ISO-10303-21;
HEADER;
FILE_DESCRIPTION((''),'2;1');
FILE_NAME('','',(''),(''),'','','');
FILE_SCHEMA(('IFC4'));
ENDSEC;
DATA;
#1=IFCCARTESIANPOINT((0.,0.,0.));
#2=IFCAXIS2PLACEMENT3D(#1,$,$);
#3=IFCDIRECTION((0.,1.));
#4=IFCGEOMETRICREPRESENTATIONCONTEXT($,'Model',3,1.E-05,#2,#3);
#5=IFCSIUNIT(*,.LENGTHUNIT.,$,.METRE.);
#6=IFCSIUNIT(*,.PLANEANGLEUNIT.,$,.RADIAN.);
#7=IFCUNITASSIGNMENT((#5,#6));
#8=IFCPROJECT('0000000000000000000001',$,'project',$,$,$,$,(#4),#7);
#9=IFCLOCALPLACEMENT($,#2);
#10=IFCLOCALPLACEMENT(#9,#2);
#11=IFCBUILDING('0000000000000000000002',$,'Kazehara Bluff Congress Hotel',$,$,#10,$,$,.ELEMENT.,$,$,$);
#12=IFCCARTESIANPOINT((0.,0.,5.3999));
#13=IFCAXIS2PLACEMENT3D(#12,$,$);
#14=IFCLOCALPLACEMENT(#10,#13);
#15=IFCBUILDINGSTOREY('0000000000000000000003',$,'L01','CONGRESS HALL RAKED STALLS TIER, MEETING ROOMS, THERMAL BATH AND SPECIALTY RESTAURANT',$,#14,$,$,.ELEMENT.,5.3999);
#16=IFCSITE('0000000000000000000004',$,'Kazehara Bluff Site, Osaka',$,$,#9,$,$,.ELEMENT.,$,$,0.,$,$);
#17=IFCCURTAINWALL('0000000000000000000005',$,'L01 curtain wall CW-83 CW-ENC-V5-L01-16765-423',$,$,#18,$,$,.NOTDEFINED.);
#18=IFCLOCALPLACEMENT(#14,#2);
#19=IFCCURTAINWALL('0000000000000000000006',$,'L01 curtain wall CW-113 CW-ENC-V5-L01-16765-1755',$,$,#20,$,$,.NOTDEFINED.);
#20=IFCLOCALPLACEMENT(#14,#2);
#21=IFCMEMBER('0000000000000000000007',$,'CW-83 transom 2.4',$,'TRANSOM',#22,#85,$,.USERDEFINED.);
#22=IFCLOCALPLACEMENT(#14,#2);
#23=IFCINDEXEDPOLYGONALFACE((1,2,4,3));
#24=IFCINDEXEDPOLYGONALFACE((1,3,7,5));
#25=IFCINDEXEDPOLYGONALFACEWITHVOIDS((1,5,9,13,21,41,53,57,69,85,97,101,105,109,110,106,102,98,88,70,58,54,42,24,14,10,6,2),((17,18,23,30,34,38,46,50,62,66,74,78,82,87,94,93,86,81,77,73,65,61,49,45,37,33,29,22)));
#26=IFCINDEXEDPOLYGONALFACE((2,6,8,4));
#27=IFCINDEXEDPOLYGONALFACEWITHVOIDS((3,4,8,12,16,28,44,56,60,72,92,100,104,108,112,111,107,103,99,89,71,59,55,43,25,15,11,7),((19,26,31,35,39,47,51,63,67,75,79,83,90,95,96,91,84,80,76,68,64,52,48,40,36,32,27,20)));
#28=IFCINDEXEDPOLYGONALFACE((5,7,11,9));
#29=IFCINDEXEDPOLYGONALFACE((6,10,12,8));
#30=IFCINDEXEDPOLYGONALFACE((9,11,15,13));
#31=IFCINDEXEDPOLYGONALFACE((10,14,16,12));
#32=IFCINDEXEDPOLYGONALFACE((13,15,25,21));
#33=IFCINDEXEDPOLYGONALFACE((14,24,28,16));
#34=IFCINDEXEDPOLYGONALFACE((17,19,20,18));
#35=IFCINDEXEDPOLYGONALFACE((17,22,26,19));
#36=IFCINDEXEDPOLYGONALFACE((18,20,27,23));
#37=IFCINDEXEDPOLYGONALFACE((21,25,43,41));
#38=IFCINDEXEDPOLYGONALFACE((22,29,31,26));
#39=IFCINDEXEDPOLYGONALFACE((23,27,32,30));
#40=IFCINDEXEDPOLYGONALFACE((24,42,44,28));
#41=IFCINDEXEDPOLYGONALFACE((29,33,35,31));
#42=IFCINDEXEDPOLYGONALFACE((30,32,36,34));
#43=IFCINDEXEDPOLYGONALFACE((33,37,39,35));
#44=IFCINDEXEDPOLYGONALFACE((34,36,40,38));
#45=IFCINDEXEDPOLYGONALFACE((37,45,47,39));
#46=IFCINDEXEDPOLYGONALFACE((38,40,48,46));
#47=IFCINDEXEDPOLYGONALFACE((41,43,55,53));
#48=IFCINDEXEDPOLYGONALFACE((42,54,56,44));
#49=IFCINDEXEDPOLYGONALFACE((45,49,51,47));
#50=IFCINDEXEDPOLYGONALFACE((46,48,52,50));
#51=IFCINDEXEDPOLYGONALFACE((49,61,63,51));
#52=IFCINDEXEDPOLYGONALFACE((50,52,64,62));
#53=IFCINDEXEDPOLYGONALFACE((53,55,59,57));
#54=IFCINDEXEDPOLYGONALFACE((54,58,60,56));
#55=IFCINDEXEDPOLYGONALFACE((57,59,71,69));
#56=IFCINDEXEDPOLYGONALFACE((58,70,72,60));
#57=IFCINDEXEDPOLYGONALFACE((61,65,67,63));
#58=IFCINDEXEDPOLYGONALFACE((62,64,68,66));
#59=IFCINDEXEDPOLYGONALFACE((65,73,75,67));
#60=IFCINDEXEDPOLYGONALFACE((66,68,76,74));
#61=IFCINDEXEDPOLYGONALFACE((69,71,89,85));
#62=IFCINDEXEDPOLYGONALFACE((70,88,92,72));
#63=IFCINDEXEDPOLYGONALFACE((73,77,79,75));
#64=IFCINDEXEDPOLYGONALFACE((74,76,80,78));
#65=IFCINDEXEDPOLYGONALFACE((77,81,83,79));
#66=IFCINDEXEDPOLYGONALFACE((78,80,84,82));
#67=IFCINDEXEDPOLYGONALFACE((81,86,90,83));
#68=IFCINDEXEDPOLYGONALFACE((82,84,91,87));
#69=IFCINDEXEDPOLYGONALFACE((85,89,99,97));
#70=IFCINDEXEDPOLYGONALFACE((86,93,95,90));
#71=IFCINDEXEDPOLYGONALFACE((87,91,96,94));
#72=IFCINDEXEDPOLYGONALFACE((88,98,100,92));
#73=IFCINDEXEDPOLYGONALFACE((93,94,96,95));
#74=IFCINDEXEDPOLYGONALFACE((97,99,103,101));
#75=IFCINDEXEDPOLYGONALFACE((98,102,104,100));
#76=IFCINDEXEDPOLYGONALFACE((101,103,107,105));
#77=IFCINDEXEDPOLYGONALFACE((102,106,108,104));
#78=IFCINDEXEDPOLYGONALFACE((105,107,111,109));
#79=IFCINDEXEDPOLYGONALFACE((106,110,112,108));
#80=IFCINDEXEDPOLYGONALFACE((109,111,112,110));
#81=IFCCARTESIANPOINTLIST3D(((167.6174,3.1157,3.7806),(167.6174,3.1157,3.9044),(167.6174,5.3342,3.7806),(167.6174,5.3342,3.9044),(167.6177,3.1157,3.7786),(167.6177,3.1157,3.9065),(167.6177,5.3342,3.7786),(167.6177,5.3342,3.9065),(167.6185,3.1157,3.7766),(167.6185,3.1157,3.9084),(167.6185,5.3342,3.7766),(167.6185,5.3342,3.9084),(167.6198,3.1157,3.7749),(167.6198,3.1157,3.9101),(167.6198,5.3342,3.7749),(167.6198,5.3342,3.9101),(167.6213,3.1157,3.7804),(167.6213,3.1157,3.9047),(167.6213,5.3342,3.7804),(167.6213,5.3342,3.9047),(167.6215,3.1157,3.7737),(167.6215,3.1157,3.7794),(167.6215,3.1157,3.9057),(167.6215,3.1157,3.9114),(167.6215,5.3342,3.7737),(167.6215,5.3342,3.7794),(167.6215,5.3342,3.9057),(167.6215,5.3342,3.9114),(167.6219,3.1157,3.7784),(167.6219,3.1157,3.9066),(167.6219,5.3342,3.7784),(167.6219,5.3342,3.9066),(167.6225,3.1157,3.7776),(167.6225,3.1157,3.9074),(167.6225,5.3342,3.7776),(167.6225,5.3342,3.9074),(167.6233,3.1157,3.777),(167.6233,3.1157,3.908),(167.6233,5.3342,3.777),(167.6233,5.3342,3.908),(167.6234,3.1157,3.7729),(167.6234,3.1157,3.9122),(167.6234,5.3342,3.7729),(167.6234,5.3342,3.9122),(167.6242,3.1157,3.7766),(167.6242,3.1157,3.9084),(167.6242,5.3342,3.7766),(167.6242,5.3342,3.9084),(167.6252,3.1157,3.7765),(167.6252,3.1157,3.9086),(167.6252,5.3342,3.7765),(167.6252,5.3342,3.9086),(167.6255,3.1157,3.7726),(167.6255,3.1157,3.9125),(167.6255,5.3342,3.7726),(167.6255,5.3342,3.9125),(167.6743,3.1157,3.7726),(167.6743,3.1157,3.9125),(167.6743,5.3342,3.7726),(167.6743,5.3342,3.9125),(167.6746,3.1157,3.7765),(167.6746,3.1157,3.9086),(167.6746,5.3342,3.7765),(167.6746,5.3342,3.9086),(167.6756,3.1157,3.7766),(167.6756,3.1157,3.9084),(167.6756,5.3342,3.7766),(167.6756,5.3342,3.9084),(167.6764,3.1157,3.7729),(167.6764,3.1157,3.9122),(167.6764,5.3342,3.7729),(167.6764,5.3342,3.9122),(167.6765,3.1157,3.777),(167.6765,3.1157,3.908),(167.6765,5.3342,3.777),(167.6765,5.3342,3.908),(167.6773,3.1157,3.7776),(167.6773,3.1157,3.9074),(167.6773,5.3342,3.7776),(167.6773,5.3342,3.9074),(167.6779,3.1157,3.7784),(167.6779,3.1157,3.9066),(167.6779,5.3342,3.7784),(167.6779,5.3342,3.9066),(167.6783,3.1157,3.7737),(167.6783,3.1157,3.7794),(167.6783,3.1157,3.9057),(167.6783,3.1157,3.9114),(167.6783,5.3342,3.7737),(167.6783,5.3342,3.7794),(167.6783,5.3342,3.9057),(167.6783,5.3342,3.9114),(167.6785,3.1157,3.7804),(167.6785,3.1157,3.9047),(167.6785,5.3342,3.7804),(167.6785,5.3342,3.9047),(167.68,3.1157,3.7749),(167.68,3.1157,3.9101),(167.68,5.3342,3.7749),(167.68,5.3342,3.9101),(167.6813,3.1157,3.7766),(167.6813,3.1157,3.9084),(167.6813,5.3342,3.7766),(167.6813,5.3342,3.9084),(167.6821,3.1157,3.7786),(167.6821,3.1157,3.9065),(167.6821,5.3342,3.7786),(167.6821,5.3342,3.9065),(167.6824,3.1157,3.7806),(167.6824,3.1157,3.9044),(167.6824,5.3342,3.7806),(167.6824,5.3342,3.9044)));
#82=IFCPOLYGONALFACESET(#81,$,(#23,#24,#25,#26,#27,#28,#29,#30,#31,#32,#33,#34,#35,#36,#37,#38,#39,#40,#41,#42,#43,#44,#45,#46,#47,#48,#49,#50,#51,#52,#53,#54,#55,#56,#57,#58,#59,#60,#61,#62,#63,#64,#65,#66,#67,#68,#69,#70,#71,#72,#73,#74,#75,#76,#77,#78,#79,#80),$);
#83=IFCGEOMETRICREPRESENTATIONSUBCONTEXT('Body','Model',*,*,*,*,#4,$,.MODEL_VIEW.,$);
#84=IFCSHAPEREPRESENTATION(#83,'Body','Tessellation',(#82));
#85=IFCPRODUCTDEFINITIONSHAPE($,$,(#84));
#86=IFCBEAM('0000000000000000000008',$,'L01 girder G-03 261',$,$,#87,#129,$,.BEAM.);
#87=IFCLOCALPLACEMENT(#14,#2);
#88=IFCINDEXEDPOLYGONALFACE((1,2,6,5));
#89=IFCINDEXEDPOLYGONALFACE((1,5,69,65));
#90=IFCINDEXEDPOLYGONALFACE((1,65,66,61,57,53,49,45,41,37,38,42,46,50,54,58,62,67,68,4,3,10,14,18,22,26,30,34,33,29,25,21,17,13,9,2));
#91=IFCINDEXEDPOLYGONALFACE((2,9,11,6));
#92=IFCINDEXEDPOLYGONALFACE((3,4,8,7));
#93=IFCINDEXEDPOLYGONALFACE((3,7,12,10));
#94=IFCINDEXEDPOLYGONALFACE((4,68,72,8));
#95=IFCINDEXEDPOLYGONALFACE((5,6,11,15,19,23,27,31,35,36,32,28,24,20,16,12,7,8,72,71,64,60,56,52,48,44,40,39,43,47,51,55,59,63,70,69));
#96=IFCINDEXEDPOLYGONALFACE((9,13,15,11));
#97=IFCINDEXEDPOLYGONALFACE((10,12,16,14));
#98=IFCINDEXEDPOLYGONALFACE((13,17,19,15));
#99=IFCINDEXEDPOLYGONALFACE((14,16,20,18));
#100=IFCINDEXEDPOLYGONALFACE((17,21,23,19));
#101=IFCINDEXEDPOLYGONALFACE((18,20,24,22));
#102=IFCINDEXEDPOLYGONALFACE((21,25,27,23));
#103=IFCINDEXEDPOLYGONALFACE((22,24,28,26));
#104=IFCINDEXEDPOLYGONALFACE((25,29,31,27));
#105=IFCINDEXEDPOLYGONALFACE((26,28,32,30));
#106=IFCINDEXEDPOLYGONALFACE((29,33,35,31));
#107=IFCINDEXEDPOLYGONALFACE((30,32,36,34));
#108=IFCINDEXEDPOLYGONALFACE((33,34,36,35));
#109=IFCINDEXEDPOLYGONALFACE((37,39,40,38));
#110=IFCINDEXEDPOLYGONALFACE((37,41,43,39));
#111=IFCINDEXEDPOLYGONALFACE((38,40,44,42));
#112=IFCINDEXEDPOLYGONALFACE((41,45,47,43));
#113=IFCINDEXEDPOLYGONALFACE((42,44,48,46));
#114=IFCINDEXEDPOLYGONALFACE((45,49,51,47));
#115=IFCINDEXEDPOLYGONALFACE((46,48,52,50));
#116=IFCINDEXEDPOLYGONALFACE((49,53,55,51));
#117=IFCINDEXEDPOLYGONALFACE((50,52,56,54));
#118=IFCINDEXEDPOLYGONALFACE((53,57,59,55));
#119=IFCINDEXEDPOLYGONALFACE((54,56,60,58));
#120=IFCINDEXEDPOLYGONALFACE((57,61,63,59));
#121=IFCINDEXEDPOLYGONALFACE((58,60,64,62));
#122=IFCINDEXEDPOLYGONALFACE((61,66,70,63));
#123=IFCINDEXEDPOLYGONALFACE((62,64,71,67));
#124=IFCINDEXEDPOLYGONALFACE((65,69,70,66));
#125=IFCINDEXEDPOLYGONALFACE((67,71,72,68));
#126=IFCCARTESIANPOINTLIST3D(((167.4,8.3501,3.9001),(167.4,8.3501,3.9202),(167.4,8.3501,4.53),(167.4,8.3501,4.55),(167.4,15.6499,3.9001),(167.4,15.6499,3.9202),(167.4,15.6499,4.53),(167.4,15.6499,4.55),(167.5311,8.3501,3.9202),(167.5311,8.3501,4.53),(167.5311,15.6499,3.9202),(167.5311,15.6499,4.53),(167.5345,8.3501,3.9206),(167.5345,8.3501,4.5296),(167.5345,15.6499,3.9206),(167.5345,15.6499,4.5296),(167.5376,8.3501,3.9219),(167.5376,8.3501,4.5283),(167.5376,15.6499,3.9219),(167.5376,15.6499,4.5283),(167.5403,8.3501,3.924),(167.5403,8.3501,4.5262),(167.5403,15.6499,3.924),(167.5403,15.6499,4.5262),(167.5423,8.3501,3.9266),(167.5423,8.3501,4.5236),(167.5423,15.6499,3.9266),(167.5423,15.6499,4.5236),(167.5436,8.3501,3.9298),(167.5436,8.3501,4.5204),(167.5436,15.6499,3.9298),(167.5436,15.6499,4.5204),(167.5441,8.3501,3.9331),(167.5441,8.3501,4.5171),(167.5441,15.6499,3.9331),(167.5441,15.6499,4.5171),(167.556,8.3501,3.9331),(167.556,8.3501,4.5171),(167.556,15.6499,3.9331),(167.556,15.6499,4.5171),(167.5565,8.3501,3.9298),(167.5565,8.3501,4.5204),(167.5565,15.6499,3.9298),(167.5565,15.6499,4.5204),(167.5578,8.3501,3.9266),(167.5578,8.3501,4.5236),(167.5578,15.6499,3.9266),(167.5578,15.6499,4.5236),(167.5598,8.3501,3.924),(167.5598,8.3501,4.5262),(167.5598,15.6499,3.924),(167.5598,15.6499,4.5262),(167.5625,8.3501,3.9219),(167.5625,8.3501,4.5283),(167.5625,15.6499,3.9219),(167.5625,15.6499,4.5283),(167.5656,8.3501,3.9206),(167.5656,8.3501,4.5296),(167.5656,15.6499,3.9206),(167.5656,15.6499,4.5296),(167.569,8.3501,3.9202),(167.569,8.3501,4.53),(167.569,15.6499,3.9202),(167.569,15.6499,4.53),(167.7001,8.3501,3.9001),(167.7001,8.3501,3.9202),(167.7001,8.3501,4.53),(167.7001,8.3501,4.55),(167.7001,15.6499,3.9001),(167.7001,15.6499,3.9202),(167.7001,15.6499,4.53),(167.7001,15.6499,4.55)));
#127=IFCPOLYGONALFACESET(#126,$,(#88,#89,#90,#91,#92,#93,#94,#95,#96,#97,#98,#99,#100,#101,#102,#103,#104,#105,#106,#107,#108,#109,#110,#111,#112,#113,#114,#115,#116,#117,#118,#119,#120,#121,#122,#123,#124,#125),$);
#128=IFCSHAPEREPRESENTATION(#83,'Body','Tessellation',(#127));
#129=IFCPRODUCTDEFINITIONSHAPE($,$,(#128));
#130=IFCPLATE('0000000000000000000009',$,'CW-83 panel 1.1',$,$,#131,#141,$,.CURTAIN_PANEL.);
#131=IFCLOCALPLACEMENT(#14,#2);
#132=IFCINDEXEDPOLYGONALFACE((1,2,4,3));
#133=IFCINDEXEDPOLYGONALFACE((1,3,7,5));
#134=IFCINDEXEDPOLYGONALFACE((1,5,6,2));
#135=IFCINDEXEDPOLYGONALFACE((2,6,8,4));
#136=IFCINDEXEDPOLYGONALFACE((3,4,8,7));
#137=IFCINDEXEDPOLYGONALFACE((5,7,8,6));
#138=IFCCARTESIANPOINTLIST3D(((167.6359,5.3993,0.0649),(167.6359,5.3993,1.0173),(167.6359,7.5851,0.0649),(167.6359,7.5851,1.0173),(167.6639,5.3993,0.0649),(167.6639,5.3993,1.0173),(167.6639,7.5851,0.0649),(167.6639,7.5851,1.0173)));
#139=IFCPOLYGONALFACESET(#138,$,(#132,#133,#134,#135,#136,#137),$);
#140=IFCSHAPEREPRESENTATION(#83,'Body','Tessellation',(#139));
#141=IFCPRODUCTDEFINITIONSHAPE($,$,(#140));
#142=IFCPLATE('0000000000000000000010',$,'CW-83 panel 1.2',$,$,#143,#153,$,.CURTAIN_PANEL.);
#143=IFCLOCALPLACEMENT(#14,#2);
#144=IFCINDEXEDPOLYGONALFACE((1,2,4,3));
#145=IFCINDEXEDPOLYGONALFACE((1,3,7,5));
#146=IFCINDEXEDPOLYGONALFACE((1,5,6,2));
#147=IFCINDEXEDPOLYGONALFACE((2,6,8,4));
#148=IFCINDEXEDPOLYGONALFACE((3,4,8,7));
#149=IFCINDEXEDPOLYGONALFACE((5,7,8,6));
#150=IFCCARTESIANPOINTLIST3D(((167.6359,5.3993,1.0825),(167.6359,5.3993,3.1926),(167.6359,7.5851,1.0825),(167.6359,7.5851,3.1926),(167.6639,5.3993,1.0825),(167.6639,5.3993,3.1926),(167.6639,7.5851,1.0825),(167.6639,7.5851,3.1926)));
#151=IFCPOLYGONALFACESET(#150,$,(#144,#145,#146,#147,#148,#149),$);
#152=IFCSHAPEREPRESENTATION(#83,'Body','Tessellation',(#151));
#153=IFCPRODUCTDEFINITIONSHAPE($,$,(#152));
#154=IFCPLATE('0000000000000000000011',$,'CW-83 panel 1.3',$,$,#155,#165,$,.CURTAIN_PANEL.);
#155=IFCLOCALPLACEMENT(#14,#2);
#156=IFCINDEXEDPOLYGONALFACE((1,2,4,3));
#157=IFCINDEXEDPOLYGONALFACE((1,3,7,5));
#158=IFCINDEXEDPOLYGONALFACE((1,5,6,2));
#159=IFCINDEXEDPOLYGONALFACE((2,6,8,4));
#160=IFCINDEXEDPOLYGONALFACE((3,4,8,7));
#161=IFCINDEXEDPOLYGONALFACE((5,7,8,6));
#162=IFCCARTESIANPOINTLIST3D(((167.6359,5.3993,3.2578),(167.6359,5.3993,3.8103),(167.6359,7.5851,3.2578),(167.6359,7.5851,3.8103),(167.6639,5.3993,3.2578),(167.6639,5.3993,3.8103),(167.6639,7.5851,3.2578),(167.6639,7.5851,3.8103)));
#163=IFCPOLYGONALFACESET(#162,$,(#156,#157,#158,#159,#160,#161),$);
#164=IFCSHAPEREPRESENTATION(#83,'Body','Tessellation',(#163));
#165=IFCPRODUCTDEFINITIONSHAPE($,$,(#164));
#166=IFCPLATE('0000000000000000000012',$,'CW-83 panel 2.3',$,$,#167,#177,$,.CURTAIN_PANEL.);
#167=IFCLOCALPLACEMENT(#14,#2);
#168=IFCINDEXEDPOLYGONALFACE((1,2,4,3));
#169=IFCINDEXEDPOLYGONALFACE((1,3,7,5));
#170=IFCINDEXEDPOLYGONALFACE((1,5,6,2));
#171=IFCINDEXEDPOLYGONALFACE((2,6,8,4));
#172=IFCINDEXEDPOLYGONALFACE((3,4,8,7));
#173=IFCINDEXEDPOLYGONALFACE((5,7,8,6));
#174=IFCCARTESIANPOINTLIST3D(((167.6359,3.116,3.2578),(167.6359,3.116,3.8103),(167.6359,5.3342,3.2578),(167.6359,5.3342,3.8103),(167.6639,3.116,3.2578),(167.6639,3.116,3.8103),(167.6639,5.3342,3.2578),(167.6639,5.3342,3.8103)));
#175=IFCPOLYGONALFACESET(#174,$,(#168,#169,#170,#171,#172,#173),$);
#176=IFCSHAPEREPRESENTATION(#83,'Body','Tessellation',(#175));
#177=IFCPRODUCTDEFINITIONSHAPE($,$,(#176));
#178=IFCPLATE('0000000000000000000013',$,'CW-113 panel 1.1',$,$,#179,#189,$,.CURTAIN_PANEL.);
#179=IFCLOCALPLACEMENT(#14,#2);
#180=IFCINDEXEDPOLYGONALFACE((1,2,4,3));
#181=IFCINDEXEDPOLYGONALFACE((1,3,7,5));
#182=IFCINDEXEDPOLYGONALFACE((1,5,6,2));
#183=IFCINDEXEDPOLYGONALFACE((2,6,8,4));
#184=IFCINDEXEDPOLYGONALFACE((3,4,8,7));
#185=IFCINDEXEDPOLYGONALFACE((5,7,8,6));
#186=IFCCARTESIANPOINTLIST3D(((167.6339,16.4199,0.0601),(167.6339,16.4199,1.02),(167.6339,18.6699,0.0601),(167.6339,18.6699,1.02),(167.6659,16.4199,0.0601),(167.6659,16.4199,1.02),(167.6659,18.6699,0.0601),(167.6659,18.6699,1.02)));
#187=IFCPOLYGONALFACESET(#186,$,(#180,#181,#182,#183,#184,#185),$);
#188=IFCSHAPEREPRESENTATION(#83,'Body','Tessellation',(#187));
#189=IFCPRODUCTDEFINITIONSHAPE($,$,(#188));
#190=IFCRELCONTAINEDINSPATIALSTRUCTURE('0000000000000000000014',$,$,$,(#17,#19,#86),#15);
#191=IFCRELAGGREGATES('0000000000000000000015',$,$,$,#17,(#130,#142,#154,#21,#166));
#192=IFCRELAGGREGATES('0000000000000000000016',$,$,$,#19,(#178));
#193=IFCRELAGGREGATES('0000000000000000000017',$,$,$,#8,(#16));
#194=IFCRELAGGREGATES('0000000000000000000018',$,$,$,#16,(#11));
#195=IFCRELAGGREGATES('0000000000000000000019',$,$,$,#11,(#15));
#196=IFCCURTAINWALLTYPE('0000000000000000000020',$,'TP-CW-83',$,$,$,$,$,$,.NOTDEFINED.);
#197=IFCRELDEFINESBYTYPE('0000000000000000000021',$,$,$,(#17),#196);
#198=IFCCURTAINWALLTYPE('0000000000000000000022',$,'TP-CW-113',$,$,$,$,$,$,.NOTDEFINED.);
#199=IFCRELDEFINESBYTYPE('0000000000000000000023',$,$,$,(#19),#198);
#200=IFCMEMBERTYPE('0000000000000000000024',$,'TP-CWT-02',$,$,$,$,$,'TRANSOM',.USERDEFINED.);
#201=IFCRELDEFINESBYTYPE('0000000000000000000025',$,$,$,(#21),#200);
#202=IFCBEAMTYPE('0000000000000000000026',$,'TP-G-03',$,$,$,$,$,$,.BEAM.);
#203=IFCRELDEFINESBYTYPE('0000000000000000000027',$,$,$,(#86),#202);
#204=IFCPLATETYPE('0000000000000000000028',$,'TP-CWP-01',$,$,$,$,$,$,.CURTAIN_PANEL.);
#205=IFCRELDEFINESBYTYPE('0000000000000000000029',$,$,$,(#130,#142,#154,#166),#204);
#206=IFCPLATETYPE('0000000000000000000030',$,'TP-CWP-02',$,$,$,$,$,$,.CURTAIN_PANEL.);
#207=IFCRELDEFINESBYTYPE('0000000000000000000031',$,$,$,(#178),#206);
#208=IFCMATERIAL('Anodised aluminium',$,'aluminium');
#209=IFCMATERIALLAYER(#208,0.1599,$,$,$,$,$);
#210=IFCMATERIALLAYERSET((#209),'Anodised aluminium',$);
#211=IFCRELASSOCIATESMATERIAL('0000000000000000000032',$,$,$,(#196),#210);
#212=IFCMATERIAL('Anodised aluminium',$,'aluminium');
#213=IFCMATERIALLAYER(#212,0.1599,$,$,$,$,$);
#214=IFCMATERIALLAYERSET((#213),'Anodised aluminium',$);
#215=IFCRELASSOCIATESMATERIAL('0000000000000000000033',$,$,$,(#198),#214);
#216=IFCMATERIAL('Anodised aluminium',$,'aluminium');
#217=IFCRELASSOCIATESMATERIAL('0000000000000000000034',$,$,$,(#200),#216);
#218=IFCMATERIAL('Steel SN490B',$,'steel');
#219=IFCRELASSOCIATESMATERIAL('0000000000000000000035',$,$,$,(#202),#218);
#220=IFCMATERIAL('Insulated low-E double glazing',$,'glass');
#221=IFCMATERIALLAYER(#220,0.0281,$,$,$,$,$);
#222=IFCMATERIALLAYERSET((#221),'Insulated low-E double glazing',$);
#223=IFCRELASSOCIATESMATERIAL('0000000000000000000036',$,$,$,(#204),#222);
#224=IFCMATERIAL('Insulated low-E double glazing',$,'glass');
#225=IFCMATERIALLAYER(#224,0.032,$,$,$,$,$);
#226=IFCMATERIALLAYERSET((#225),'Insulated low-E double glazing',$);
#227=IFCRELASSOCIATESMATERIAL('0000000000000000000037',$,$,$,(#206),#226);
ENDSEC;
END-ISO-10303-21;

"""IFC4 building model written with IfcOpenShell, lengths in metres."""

from ifc_helpers import new_model, si_unit, direction, frame, origin, origin_2d, place, context, subcontext, project, spatial, rectangle, hollow_rectangle, i_section, extrude, material, layer, layer_set, material_profile, profile_set, type_object, element, aggregate, save


model = new_model("IFC4")

# Units and contexts
model_context = context("Model", 3, precision=1e-05, world=origin(), true_north=direction((0.0, 1.0)))
body_context = subcontext(model_context, "Body", "Model", "MODEL_VIEW")
ifc_project = project(units=[si_unit("LENGTHUNIT", "METRE"), si_unit("PLANEANGLEUNIT", "RADIAN")], contexts=[model_context])

# Site, building, storey
site_placement = place(None, origin())
site = spatial("IfcSite", under=ifc_project, at=site_placement, Name="Kazehara Bluff Site, Osaka", CompositionType="ELEMENT", RefElevation=0.0)
building_placement = place(site_placement, origin())
building = spatial("IfcBuilding", under=site, at=building_placement, Name="Kazehara Bluff Congress Hotel", CompositionType="ELEMENT")
storey_placement = place(building_placement, frame((0.0, 0.0, 5.3999)))
storey = spatial("IfcBuildingStorey", under=building, at=storey_placement, Name="L01", Description="CONGRESS HALL RAKED STALLS TIER, MEETING ROOMS, THERMAL BATH AND SPECIALTY RESTAURANT", CompositionType="ELEMENT", Elevation=5.3999)

# Curtain wall
ifc_material_1 = material(Name="Anodised aluminium", Category="aluminium")
ifc_layer_1 = layer(ifc_material_1, 0.1599)
ifc_layer_set_1 = layer_set([ifc_layer_1], Name="Anodised aluminium")
curtain_wall_type_1 = type_object("IfcCurtainWallType", Name="TP-CW-83", PredefinedType="NOTDEFINED", material=ifc_layer_set_1)
curtain_wall_1_placement = place(storey_placement, origin())
curtain_wall_1 = element("IfcCurtainWall", 1, at=curtain_wall_1_placement, inside=storey, type_object=curtain_wall_type_1, Name="L01 curtain wall CW-83 CW-ENC-V5-L01-16765-423", PredefinedType="NOTDEFINED")

# Curtain wall
ifc_material_2 = material(Name="Anodised aluminium", Category="aluminium")
ifc_layer_2 = layer(ifc_material_2, 0.1599)
ifc_layer_set_2 = layer_set([ifc_layer_2], Name="Anodised aluminium")
curtain_wall_type_2 = type_object("IfcCurtainWallType", Name="TP-CW-113", PredefinedType="NOTDEFINED", material=ifc_layer_set_2)
curtain_wall_2_placement = place(storey_placement, origin())
curtain_wall_2 = element("IfcCurtainWall", 2, at=curtain_wall_2_placement, inside=storey, type_object=curtain_wall_type_2, Name="L01 curtain wall CW-113 CW-ENC-V5-L01-16765-1755", PredefinedType="NOTDEFINED")

# Member
ifc_material_3 = material(Name="Anodised aluminium", Category="aluminium")
ifc_material_profile_1 = material_profile(ifc_material_3, hollow_rectangle(XDim=0.0649, YDim=0.1399, WallThickness=0.0039, InnerFilletRadius=0.0039, OuterFilletRadius=0.0081, at=origin_2d()))
ifc_profile_set_1 = profile_set([ifc_material_profile_1], Name="Anodised aluminium")
member_type_1 = type_object("IfcMemberType", Name="TP-CWT-02", ElementType="TRANSOM", PredefinedType="USERDEFINED", material=ifc_profile_set_1)
member_1_placement = place(storey_placement, frame((167.6499, 5.3342, 3.8425), z_axis=(0.0, -1.0, 0.0), x_axis=(1.0, 0.0, 0.0)))
member_1 = element("IfcMember", 3, at=member_1_placement, type_object=member_type_1, Name="CW-83 transom 2.4", ObjectType="TRANSOM", PredefinedType="USERDEFINED", context=body_context, shape_type="SweptSolid", body=[
    extrude(hollow_rectangle(XDim=0.0649, YDim=0.1399, WallThickness=0.0039, InnerFilletRadius=0.0039, OuterFilletRadius=0.0081, at=origin_2d()), origin(), (0.0, 0.0, 1.0), 2.2185),
])

# Beam
ifc_material_4 = material(Name="Steel SN490B", Category="steel")
ifc_material_profile_2 = material_profile(ifc_material_4, i_section(OverallWidth=0.3, OverallDepth=0.6499, WebThickness=0.012, FlangeThickness=0.02, FilletRadius=0.0129, at=origin_2d()))
ifc_profile_set_2 = profile_set([ifc_material_profile_2], Name="Steel SN490B")
beam_type = type_object("IfcBeamType", Name="TP-G-03", PredefinedType="BEAM", material=ifc_profile_set_2)
beam_placement = place(storey_placement, frame((167.55, 8.3501, 4.2251), z_axis=(0.0, 1.0, 0.0), x_axis=(-1.0, 0.0, 0.0)))
element("IfcBeam", 4, at=beam_placement, inside=storey, type_object=beam_type, Name="L01 girder G-03 261", PredefinedType="BEAM", context=body_context, shape_type="SweptSolid", body=[
    extrude(i_section(OverallWidth=0.3, OverallDepth=0.6499, WebThickness=0.012, FlangeThickness=0.02, FilletRadius=0.0129, at=origin_2d()), origin(), (0.0, 0.0, 1.0), 7.2998),
])

# Plates
ifc_material_5 = material(Name="Insulated low-E double glazing", Category="glass")
ifc_layer_3 = layer(ifc_material_5, 0.0281)
ifc_layer_set_3 = layer_set([ifc_layer_3], Name="Insulated low-E double glazing")
plate_type_1 = type_object("IfcPlateType", Name="TP-CWP-01", PredefinedType="CURTAIN_PANEL", material=ifc_layer_set_3)
plate_1_placement = place(storey_placement, frame((167.6499, 6.4922, 0.0649), z_axis=(0.0, 0.0, 1.0), x_axis=(0.0, -1.0, 0.0)))
plate_1 = element("IfcPlate", 5, at=plate_1_placement, type_object=plate_type_1, Name="CW-83 panel 1.1", PredefinedType="CURTAIN_PANEL", context=body_context, shape_type="SweptSolid", body=[
    extrude(rectangle(XDim=2.1858, YDim=0.0281, at=origin_2d()), origin(), (0.0, 0.0, 1.0), 0.9524),
])
plate_2_placement = place(storey_placement, frame((167.6499, 6.4922, 1.0825), z_axis=(0.0, 0.0, 1.0), x_axis=(0.0, -1.0, 0.0)))
plate_2 = element("IfcPlate", 6, at=plate_2_placement, type_object=plate_type_1, Name="CW-83 panel 1.2", PredefinedType="CURTAIN_PANEL", context=body_context, shape_type="SweptSolid", body=[
    extrude(rectangle(XDim=2.1858, YDim=0.0281, at=origin_2d()), origin(), (0.0, 0.0, 1.0), 2.1101),
])
plate_3_placement = place(storey_placement, frame((167.6499, 6.4922, 3.2578), z_axis=(0.0, 0.0, 1.0), x_axis=(0.0, -1.0, 0.0)))
plate_3 = element("IfcPlate", 7, at=plate_3_placement, type_object=plate_type_1, Name="CW-83 panel 1.3", PredefinedType="CURTAIN_PANEL", context=body_context, shape_type="SweptSolid", body=[
    extrude(rectangle(XDim=2.1858, YDim=0.0281, at=origin_2d()), origin(), (0.0, 0.0, 1.0), 0.5525),
])
plate_4_placement = place(storey_placement, frame((167.6499, 4.2251, 3.2578), z_axis=(0.0, 0.0, 1.0), x_axis=(0.0, -1.0, 0.0)))
plate_4 = element("IfcPlate", 8, at=plate_4_placement, type_object=plate_type_1, Name="CW-83 panel 2.3", PredefinedType="CURTAIN_PANEL", context=body_context, shape_type="SweptSolid", body=[
    extrude(rectangle(XDim=2.2183, YDim=0.0281, at=origin_2d()), origin(), (0.0, 0.0, 1.0), 0.5525),
])
aggregate(curtain_wall_1, [plate_1, plate_2, plate_3, member_1, plate_4])
ifc_material_6 = material(Name="Insulated low-E double glazing", Category="glass")
ifc_layer_4 = layer(ifc_material_6, 0.032)
ifc_layer_set_4 = layer_set([ifc_layer_4], Name="Insulated low-E double glazing")
plate_type_2 = type_object("IfcPlateType", Name="TP-CWP-02", PredefinedType="CURTAIN_PANEL", material=ifc_layer_set_4)
plate_5_placement = place(storey_placement, frame((167.6499, 17.5449, 0.0601), z_axis=(0.0, 0.0, 1.0), x_axis=(0.0, -1.0, 0.0)))
plate_5 = element("IfcPlate", 9, at=plate_5_placement, type_object=plate_type_2, Name="CW-113 panel 1.1", PredefinedType="CURTAIN_PANEL", context=body_context, shape_type="SweptSolid", body=[
    extrude(rectangle(XDim=2.25, YDim=0.032, at=origin_2d()), origin(), (0.0, 0.0, 1.0), 0.96),
])
aggregate(curtain_wall_2, [plate_5])

save(model, "model.ifc")
